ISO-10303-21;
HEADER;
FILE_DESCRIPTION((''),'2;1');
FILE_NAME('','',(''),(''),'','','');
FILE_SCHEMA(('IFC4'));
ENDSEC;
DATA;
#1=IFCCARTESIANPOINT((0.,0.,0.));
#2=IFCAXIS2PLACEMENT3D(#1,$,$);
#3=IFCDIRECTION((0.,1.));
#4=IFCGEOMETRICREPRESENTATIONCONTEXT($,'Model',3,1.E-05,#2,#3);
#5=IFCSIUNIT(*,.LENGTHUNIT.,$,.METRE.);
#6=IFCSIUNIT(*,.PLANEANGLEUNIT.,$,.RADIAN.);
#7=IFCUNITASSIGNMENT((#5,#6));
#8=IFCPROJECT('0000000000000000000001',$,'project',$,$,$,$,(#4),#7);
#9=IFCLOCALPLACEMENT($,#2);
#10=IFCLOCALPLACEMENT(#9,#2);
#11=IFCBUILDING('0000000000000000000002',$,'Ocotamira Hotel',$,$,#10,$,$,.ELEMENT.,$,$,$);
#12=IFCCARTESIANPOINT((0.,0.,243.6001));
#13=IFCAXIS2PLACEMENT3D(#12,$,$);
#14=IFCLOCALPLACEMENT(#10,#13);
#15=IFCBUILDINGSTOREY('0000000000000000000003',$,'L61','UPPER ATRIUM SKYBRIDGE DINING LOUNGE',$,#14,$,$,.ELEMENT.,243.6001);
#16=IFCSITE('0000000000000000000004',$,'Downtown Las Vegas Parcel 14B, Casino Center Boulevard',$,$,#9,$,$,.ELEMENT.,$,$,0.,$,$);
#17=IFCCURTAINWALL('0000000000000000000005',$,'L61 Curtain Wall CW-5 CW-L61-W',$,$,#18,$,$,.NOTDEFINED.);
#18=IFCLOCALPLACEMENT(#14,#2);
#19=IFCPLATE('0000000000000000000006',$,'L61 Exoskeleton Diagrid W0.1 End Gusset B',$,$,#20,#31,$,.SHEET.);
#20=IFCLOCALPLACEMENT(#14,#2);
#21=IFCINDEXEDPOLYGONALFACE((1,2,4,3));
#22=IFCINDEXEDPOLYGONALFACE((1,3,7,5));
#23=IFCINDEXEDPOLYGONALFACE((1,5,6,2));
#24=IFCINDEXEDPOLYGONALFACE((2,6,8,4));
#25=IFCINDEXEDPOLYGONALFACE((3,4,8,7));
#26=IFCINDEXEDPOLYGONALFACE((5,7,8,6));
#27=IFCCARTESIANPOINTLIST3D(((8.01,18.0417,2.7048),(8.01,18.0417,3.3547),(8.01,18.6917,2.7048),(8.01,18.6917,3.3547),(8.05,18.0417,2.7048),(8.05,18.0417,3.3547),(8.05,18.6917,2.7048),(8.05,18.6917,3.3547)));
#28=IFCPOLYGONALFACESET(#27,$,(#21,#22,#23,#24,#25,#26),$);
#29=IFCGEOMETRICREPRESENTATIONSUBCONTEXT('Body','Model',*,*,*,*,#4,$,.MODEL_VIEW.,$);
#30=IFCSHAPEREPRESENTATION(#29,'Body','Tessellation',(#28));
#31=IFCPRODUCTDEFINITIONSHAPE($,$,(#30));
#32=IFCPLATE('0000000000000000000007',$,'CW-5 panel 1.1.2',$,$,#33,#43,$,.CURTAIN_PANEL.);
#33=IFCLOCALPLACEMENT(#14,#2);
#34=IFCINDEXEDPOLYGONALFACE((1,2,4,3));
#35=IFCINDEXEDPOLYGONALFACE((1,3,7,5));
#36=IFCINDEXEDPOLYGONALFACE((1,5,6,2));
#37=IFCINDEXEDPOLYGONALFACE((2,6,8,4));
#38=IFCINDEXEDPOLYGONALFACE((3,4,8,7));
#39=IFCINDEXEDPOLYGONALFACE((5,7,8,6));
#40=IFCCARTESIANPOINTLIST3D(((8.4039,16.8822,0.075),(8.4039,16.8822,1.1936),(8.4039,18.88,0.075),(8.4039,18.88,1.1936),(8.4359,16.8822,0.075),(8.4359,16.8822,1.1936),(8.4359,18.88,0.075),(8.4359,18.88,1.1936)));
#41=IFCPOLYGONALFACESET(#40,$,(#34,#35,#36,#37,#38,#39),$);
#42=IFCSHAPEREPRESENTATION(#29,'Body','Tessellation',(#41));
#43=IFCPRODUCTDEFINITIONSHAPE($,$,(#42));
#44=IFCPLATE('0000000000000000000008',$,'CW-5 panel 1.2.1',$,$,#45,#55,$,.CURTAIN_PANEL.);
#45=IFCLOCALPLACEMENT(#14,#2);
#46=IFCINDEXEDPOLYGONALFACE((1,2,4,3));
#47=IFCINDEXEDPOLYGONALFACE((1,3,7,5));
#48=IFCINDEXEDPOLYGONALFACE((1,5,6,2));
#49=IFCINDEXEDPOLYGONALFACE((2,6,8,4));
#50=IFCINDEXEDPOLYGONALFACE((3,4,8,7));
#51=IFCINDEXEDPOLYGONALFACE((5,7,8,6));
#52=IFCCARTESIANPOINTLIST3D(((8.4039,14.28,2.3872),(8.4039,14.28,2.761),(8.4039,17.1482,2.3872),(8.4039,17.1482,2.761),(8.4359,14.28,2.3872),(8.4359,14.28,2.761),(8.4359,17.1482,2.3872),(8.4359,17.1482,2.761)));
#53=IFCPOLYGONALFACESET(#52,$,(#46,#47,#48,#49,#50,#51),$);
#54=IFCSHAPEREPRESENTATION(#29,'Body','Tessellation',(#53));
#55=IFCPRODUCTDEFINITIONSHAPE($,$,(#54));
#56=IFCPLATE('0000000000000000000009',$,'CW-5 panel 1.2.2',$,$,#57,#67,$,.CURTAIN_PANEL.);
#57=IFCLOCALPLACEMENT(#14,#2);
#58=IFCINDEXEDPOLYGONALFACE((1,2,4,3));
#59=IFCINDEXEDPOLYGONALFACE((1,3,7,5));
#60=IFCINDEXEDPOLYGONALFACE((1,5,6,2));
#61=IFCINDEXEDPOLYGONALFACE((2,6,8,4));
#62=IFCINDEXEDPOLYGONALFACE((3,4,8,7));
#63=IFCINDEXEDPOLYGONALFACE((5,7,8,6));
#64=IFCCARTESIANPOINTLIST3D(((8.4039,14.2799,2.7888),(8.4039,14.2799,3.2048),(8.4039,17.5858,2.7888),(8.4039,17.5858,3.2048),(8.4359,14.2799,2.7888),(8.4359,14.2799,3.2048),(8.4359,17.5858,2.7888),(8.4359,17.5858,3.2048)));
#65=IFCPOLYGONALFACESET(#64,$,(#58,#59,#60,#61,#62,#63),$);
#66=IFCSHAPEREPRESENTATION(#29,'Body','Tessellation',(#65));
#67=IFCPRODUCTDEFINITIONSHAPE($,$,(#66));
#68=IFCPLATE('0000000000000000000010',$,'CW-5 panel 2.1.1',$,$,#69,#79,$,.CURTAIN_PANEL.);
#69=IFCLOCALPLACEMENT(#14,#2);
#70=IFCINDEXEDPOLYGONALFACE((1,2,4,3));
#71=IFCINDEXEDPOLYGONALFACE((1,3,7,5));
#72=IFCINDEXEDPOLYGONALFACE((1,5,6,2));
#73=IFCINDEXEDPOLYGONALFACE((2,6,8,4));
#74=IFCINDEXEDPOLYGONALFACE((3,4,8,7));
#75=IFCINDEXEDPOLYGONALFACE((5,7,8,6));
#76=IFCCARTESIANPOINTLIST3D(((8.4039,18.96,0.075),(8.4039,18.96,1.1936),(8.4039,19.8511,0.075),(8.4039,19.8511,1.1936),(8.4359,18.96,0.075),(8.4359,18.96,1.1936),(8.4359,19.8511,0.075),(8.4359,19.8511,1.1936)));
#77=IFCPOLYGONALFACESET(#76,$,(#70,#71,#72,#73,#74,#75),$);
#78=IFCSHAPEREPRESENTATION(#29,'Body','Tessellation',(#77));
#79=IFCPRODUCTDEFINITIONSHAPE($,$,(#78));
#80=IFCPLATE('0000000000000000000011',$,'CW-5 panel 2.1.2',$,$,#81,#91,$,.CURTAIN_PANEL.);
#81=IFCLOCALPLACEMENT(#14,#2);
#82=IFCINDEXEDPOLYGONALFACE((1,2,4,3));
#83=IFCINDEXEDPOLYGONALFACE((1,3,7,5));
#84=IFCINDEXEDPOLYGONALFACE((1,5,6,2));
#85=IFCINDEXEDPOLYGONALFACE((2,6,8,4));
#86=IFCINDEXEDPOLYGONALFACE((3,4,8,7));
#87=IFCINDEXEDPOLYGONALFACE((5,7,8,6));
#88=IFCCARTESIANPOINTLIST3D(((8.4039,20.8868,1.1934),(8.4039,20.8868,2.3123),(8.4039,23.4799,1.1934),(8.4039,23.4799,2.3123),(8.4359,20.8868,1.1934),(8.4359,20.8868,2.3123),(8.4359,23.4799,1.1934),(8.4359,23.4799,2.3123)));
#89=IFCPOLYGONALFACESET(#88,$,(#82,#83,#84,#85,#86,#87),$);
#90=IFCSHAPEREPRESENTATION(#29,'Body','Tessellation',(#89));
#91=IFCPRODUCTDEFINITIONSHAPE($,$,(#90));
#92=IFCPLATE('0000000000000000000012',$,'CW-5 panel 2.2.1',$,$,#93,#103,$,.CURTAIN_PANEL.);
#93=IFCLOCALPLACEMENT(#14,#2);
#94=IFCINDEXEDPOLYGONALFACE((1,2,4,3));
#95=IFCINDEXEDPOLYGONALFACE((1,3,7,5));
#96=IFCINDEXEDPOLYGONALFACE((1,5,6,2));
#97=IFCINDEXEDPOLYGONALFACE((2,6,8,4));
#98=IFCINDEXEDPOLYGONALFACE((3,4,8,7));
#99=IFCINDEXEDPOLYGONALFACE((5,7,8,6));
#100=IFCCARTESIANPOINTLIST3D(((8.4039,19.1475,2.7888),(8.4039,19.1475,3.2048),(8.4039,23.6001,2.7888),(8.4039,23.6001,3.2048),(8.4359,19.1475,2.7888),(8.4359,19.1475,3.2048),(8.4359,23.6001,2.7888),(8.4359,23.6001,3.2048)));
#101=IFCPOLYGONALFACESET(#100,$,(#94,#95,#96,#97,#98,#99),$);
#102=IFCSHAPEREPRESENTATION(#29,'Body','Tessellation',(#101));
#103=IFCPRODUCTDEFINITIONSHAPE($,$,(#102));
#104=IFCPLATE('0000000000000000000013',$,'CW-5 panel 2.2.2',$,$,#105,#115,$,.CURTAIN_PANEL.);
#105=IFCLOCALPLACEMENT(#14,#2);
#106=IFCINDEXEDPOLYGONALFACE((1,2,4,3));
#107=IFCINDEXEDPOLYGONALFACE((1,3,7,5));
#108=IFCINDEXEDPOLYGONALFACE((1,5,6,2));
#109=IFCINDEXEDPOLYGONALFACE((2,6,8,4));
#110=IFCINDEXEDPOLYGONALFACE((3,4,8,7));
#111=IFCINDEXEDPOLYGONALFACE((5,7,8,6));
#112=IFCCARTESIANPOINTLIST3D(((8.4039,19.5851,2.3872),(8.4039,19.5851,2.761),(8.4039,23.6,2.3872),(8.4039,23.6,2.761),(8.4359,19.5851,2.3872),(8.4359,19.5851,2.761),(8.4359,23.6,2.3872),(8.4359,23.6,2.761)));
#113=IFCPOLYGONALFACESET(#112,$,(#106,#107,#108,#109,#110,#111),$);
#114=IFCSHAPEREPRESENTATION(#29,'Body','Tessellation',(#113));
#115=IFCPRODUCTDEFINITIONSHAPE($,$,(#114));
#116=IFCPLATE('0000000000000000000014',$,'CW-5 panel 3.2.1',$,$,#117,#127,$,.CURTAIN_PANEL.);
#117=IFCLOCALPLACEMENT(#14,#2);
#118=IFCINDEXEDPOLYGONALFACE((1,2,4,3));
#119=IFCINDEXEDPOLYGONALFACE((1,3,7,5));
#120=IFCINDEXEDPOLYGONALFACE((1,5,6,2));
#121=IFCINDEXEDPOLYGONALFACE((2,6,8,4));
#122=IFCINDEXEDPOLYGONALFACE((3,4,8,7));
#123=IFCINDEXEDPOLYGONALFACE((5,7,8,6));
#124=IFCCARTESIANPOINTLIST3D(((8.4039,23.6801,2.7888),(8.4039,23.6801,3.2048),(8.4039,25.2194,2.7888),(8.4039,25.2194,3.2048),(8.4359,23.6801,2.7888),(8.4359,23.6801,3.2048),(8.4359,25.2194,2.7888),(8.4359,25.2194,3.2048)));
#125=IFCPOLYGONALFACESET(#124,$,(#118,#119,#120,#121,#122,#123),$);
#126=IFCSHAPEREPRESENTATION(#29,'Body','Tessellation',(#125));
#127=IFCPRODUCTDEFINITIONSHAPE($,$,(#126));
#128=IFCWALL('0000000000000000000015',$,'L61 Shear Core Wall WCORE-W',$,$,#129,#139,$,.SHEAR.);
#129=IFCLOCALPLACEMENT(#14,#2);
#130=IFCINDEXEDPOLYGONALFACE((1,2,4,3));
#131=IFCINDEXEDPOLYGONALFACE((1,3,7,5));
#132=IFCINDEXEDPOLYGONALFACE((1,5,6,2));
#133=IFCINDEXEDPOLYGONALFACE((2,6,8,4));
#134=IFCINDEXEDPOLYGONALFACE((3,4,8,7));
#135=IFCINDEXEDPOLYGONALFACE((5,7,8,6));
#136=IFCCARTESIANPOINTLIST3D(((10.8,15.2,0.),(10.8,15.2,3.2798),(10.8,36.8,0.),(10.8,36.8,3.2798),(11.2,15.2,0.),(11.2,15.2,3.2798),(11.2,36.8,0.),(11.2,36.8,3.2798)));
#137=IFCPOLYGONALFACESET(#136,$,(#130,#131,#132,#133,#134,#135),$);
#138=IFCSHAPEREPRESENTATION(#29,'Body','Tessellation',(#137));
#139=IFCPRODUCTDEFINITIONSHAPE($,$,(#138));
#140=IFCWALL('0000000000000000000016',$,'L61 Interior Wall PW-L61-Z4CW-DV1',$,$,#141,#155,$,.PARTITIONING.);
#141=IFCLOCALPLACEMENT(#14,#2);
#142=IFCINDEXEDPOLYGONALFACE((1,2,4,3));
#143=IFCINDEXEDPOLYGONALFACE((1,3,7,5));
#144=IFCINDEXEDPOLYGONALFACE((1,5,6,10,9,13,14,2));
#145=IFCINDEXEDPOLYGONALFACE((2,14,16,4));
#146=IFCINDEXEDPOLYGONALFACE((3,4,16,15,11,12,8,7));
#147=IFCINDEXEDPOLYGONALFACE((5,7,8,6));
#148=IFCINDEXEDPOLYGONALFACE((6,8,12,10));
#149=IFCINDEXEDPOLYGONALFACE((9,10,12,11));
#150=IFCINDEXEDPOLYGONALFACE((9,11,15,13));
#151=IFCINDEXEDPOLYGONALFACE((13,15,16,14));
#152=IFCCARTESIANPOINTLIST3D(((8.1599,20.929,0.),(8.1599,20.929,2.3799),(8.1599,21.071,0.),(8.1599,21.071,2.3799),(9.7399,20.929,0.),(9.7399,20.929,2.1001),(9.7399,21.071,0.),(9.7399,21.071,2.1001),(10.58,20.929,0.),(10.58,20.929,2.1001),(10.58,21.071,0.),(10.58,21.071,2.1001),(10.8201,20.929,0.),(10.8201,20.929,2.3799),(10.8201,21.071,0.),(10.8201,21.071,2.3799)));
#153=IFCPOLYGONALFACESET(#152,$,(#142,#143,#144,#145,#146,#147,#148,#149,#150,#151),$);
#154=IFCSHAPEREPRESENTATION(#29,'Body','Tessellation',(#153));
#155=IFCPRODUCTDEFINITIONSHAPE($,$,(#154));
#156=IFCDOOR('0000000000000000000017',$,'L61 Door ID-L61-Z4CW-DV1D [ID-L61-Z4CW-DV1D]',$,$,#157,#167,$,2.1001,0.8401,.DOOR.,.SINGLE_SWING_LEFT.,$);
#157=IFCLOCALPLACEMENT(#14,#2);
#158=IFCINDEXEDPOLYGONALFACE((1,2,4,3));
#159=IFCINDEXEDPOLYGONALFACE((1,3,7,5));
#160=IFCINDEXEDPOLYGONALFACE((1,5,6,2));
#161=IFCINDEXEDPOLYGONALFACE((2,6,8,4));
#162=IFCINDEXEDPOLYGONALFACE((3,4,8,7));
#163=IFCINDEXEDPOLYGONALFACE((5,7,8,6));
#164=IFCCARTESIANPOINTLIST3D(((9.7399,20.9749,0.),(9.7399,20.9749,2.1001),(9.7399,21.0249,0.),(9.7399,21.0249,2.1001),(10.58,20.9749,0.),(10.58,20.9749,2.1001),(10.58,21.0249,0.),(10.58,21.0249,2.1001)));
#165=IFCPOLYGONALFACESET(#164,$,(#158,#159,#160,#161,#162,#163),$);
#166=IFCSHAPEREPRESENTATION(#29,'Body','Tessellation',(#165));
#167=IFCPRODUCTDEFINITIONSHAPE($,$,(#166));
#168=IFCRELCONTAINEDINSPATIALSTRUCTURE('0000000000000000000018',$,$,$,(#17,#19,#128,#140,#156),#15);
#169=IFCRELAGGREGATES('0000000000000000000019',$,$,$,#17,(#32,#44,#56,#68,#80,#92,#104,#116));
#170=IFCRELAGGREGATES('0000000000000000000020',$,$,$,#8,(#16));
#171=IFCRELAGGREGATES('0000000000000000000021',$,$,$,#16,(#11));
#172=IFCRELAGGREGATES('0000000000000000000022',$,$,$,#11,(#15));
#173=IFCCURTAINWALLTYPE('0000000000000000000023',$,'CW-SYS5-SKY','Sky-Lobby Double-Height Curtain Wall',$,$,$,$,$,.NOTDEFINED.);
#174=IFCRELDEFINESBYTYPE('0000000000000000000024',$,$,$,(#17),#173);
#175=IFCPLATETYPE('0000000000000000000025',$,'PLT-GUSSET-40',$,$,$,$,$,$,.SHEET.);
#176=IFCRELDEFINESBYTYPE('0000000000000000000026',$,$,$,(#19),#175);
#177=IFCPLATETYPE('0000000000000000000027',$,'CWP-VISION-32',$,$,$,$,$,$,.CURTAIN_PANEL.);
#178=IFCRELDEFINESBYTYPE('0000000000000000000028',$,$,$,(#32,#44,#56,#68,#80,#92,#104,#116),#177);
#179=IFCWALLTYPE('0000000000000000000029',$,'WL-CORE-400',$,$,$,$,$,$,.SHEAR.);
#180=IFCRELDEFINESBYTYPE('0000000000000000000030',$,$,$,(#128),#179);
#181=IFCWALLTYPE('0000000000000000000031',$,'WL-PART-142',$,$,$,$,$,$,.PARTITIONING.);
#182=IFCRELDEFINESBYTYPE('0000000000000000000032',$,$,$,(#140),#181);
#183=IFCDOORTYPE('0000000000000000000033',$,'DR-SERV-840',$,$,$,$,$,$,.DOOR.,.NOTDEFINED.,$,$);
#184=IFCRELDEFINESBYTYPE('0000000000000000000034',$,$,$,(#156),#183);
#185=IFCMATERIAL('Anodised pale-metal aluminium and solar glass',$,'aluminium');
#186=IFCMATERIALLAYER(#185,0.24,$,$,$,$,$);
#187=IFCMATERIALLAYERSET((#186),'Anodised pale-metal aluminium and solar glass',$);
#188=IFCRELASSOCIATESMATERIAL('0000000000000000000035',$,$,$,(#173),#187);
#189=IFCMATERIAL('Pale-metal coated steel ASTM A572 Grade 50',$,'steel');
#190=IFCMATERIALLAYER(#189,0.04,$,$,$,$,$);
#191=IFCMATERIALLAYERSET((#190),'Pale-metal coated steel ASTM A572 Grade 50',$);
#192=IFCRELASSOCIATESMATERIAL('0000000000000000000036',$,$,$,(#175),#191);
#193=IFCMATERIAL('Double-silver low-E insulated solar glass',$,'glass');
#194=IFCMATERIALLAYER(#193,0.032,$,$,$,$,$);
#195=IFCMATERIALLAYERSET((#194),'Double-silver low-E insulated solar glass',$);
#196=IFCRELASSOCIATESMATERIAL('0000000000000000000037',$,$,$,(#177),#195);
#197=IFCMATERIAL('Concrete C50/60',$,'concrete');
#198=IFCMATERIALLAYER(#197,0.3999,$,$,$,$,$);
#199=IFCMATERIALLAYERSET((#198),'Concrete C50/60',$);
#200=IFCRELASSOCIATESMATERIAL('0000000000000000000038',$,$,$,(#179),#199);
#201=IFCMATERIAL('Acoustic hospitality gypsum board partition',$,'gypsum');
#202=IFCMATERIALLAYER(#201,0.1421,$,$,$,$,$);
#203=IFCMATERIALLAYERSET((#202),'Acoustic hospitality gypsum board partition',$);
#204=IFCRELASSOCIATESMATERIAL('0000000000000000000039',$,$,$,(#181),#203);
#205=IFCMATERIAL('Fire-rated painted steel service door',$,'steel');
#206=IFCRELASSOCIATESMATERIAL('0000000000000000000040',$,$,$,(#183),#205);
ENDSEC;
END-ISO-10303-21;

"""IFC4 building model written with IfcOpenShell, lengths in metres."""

from ifc_helpers import new_model, si_unit, direction, frame, frame_2d, origin, origin_2d, place, context, subcontext, project, spatial, rectangle, extrude, source, transform, mapped, material, layer, layer_set, type_object, element, fill, aggregate, save


model = new_model("IFC4")

# Units and contexts
model_context = context("Model", 3, precision=1e-05, world=origin(), true_north=direction((0.0, 1.0)))
body_context = subcontext(model_context, "Body", "Model", "MODEL_VIEW")
ifc_project = project(units=[si_unit("LENGTHUNIT", "METRE"), si_unit("PLANEANGLEUNIT", "RADIAN")], contexts=[model_context])

# Site, building, storey
site_placement = place(None, origin())
site = spatial("IfcSite", under=ifc_project, at=site_placement, Name="Downtown Las Vegas Parcel 14B, Casino Center Boulevard", CompositionType="ELEMENT", RefElevation=0.0)
building_placement = place(site_placement, origin())
building = spatial("IfcBuilding", under=site, at=building_placement, Name="Ocotamira Hotel", CompositionType="ELEMENT")
storey_placement = place(building_placement, frame((0.0, 0.0, 243.6001)))
storey = spatial("IfcBuildingStorey", under=building, at=storey_placement, Name="L61", Description="UPPER ATRIUM SKYBRIDGE DINING LOUNGE", CompositionType="ELEMENT", Elevation=243.6001)

# Shared definitions
ifc_material_1 = material(Name="Concrete C50/60", Category="concrete")

# Curtain wall
ifc_material_2 = material(Name="Anodised pale-metal aluminium and solar glass", Category="aluminium")
ifc_layer_1 = layer(ifc_material_2, 0.24)
ifc_layer_set_1 = layer_set([ifc_layer_1], Name="Anodised pale-metal aluminium and solar glass")
curtain_wall_type = type_object("IfcCurtainWallType", Name="CW-SYS5-SKY", Description="Sky-Lobby Double-Height Curtain Wall", PredefinedType="NOTDEFINED", material=ifc_layer_set_1)
curtain_wall_placement = place(storey_placement, origin())
curtain_wall = element("IfcCurtainWall", 1, at=curtain_wall_placement, inside=storey, type_object=curtain_wall_type, Name="L61 Curtain Wall CW-5 CW-L61-W", PredefinedType="NOTDEFINED")

# Plates
ifc_material_3 = material(Name="Pale-metal coated steel ASTM A572 Grade 50", Category="steel")
ifc_layer_2 = layer(ifc_material_3, 0.04)
ifc_layer_set_2 = layer_set([ifc_layer_2], Name="Pale-metal coated steel ASTM A572 Grade 50")
plate_type_1 = type_object("IfcPlateType", Name="PLT-GUSSET-40", PredefinedType="SHEET", material=ifc_layer_set_2)
shared_shape_1 = source(origin(), body_context, "Body", "SweptSolid", [
    extrude(rectangle(XDim=0.04, YDim=0.6499, at=origin_2d()), origin(), (0.0, 0.0, 1.0), 0.6499),
])
plate_1_placement = place(storey_placement, frame((8.03, 18.3667, 2.7048), z_axis=(0.0, 0.0, 1.0), x_axis=(1.0, 0.0, 0.0)))
element("IfcPlate", 2, at=plate_1_placement, inside=storey, type_object=plate_type_1, Name="L61 Exoskeleton Diagrid W0.1 End Gusset B", PredefinedType="SHEET", context=body_context, shape_type="MappedRepresentation", body=[
    mapped(shared_shape_1, transform((0.0, 0.0, 0.0), scale=1.0)),
])
ifc_material_4 = material(Name="Double-silver low-E insulated solar glass", Category="glass")
ifc_layer_3 = layer(ifc_material_4, 0.032)
ifc_layer_set_3 = layer_set([ifc_layer_3], Name="Double-silver low-E insulated solar glass")
plate_type_2 = type_object("IfcPlateType", Name="CWP-VISION-32", PredefinedType="CURTAIN_PANEL", material=ifc_layer_set_3)
shared_shape_2 = source(origin(), body_context, "Body", "SweptSolid", [
    extrude(rectangle(XDim=1.9978, YDim=0.032, at=origin_2d()), origin(), (0.0, 0.0, 1.0), 1.1187),
])
plate_2_placement = place(storey_placement, frame((8.4199, 17.8811, 0.075), z_axis=(0.0, 0.0, 1.0), x_axis=(0.0, 1.0, 0.0)))
plate_2 = element("IfcPlate", 3, at=plate_2_placement, type_object=plate_type_2, Name="CW-5 panel 1.1.2", PredefinedType="CURTAIN_PANEL", context=body_context, shape_type="MappedRepresentation", body=[
    mapped(shared_shape_2, transform((0.0, 0.0, 0.0), scale=1.0)),
])
shared_shape_3 = source(origin(), body_context, "Body", "SweptSolid", [
    extrude(rectangle(XDim=2.8682, YDim=0.032, at=origin_2d()), origin(), (0.0, 0.0, 1.0), 0.3738),
])
plate_3_placement = place(storey_placement, frame((8.4199, 15.7141, 2.3872), z_axis=(0.0, 0.0, 1.0), x_axis=(0.0, 1.0, 0.0)))
plate_3 = element("IfcPlate", 4, at=plate_3_placement, type_object=plate_type_2, Name="CW-5 panel 1.2.1", PredefinedType="CURTAIN_PANEL", context=body_context, shape_type="MappedRepresentation", body=[
    mapped(shared_shape_3, transform((0.0, 0.0, 0.0), scale=1.0)),
])
shared_shape_4 = source(origin(), body_context, "Body", "SweptSolid", [
    extrude(rectangle(XDim=3.3059, YDim=0.032, at=origin_2d()), origin(), (0.0, 0.0, 1.0), 0.416),
])
plate_4_placement = place(storey_placement, frame((8.4199, 15.9329, 2.7888), z_axis=(0.0, 0.0, 1.0), x_axis=(0.0, 1.0, 0.0)))
plate_4 = element("IfcPlate", 5, at=plate_4_placement, type_object=plate_type_2, Name="CW-5 panel 1.2.2", PredefinedType="CURTAIN_PANEL", context=body_context, shape_type="MappedRepresentation", body=[
    mapped(shared_shape_4, transform((0.0, 0.0, 0.0), scale=1.0)),
])
shared_shape_5 = source(origin(), body_context, "Body", "SweptSolid", [
    extrude(rectangle(XDim=0.8911, YDim=0.032, at=origin_2d()), origin(), (0.0, 0.0, 1.0), 1.1187),
])
plate_5_placement = place(storey_placement, frame((8.4199, 19.4055, 0.075), z_axis=(0.0, 0.0, 1.0), x_axis=(0.0, 1.0, 0.0)))
plate_5 = element("IfcPlate", 6, at=plate_5_placement, type_object=plate_type_2, Name="CW-5 panel 2.1.1", PredefinedType="CURTAIN_PANEL", context=body_context, shape_type="MappedRepresentation", body=[
    mapped(shared_shape_5, transform((0.0, 0.0, 0.0), scale=1.0)),
])
shared_shape_6 = source(origin(), body_context, "Body", "SweptSolid", [
    extrude(rectangle(XDim=2.593, YDim=0.032, at=origin_2d()), origin(), (0.0, 0.0, 1.0), 1.1189),
])
plate_6_placement = place(storey_placement, frame((8.4199, 22.1833, 1.1934), z_axis=(0.0, 0.0, 1.0), x_axis=(0.0, 1.0, 0.0)))
plate_6 = element("IfcPlate", 7, at=plate_6_placement, type_object=plate_type_2, Name="CW-5 panel 2.1.2", PredefinedType="CURTAIN_PANEL", context=body_context, shape_type="MappedRepresentation", body=[
    mapped(shared_shape_6, transform((0.0, 0.0, 0.0), scale=1.0)),
])
shared_shape_7 = source(origin(), body_context, "Body", "SweptSolid", [
    extrude(rectangle(XDim=4.4526, YDim=0.032, at=origin_2d()), origin(), (0.0, 0.0, 1.0), 0.416),
])
plate_7_placement = place(storey_placement, frame((8.4199, 21.3738, 2.7888), z_axis=(0.0, 0.0, 1.0), x_axis=(0.0, 1.0, 0.0)))
plate_7 = element("IfcPlate", 8, at=plate_7_placement, type_object=plate_type_2, Name="CW-5 panel 2.2.1", PredefinedType="CURTAIN_PANEL", context=body_context, shape_type="MappedRepresentation", body=[
    mapped(shared_shape_7, transform((0.0, 0.0, 0.0), scale=1.0)),
])
shared_shape_8 = source(origin(), body_context, "Body", "SweptSolid", [
    extrude(rectangle(XDim=4.0149, YDim=0.032, at=origin_2d()), origin(), (0.0, 0.0, 1.0), 0.3738),
])
plate_8_placement = place(storey_placement, frame((8.4199, 21.5925, 2.3872), z_axis=(0.0, 0.0, 1.0), x_axis=(0.0, 1.0, 0.0)))
plate_8 = element("IfcPlate", 9, at=plate_8_placement, type_object=plate_type_2, Name="CW-5 panel 2.2.2", PredefinedType="CURTAIN_PANEL", context=body_context, shape_type="MappedRepresentation", body=[
    mapped(shared_shape_8, transform((0.0, 0.0, 0.0), scale=1.0)),
])
shared_shape_9 = source(origin(), body_context, "Body", "SweptSolid", [
    extrude(rectangle(XDim=1.5393, YDim=0.032, at=origin_2d()), origin(), (0.0, 0.0, 1.0), 0.416),
])
plate_9_placement = place(storey_placement, frame((8.4199, 24.4497, 2.7888), z_axis=(0.0, 0.0, 1.0), x_axis=(0.0, 1.0, 0.0)))
plate_9 = element("IfcPlate", 10, at=plate_9_placement, type_object=plate_type_2, Name="CW-5 panel 3.2.1", PredefinedType="CURTAIN_PANEL", context=body_context, shape_type="MappedRepresentation", body=[
    mapped(shared_shape_9, transform((0.0, 0.0, 0.0), scale=1.0)),
])
aggregate(curtain_wall, [plate_2, plate_3, plate_4, plate_5, plate_6, plate_7, plate_8, plate_9])

# Wall
ifc_layer_4 = layer(ifc_material_1, 0.3999)
ifc_layer_set_4 = layer_set([ifc_layer_4], Name="Concrete C50/60")
wall_type_1 = type_object("IfcWallType", Name="WL-CORE-400", PredefinedType="SHEAR", material=ifc_layer_set_4)
wall_1_placement = place(storey_placement, frame((11.0, 15.2, 0.0), z_axis=(0.0, 0.0, 1.0), x_axis=(0.0, 1.0, 0.0)))
element("IfcWall", 11, at=wall_1_placement, inside=storey, type_object=wall_type_1, Name="L61 Shear Core Wall WCORE-W", PredefinedType="SHEAR", context=body_context, shape_type="SweptSolid", body=[
    extrude(rectangle(XDim=21.6001, YDim=0.3999, at=frame_2d((10.8, 0.0))), origin(), (0.0, 0.0, 1.0), 3.2798),
])

# Wall, opening, door
ifc_material_5 = material(Name="Acoustic hospitality gypsum board partition", Category="gypsum")
ifc_layer_5 = layer(ifc_material_5, 0.1421)
ifc_layer_set_5 = layer_set([ifc_layer_5], Name="Acoustic hospitality gypsum board partition")
wall_type_2 = type_object("IfcWallType", Name="WL-PART-142", PredefinedType="PARTITIONING", material=ifc_layer_set_5)
wall_2_placement = place(storey_placement, frame((8.1599, 21.0, 0.0), z_axis=(0.0, 0.0, 1.0), x_axis=(1.0, 0.0, 0.0)))
wall_2 = element("IfcWall", 12, at=wall_2_placement, inside=storey, type_object=wall_type_2, Name="L61 Interior Wall PW-L61-Z4CW-DV1", PredefinedType="PARTITIONING", context=body_context, shape_type="SweptSolid", body=[
    extrude(rectangle(XDim=2.6602, YDim=0.1421, at=frame_2d((1.3301, 0.0))), origin(), (0.0, 0.0, 1.0), 2.3799),
])
opening_1_placement = place(wall_2_placement, frame((1.5801, 0.0, 0.0)))
opening_1 = element("IfcOpeningElement", 13, at=opening_1_placement, cuts=wall_2, PredefinedType="OPENING", context=body_context, shape_type="SweptSolid", body=[
    extrude(rectangle(XDim=0.8401, YDim=2.1001, at=frame_2d((0.4199, 1.05))), frame((0.0, 0.0811, 0.0), z_axis=(0.0, -1.0, 0.0), x_axis=(1.0, 0.0, 0.0)), (0.0, 0.0, 1.0), 0.1621),
])
ifc_material_6 = material(Name="Fire-rated painted steel service door", Category="steel")
door_type_1 = type_object("IfcDoorType", Name="DR-SERV-840", OperationType="NOTDEFINED", PredefinedType="DOOR", material=ifc_material_6)
shared_shape_10 = source(origin(), body_context, "Body", "SweptSolid", [
    extrude(rectangle(XDim=0.8401, YDim=2.1001, at=frame_2d((0.4199, 1.05))), frame((0.0, 0.0249, 0.0), z_axis=(0.0, -1.0, 0.0), x_axis=(1.0, 0.0, 0.0)), (0.0, 0.0, 1.0), 0.05),
])
door_1_placement = place(opening_1_placement, origin())
door_1 = element("IfcDoor", 14, at=door_1_placement, inside=storey, type_object=door_type_1, Name="L61 Door ID-L61-Z4CW-DV1D [ID-L61-Z4CW-DV1D]", OperationType="SINGLE_SWING_LEFT", OverallHeight=2.1001, OverallWidth=0.8401, PredefinedType="DOOR", context=body_context, shape_type="MappedRepresentation", body=[
    mapped(shared_shape_10, transform((0.0, 0.0, 0.0), scale=1.0)),
])
fill(opening_1, door_1)

save(model, "model.ifc")
